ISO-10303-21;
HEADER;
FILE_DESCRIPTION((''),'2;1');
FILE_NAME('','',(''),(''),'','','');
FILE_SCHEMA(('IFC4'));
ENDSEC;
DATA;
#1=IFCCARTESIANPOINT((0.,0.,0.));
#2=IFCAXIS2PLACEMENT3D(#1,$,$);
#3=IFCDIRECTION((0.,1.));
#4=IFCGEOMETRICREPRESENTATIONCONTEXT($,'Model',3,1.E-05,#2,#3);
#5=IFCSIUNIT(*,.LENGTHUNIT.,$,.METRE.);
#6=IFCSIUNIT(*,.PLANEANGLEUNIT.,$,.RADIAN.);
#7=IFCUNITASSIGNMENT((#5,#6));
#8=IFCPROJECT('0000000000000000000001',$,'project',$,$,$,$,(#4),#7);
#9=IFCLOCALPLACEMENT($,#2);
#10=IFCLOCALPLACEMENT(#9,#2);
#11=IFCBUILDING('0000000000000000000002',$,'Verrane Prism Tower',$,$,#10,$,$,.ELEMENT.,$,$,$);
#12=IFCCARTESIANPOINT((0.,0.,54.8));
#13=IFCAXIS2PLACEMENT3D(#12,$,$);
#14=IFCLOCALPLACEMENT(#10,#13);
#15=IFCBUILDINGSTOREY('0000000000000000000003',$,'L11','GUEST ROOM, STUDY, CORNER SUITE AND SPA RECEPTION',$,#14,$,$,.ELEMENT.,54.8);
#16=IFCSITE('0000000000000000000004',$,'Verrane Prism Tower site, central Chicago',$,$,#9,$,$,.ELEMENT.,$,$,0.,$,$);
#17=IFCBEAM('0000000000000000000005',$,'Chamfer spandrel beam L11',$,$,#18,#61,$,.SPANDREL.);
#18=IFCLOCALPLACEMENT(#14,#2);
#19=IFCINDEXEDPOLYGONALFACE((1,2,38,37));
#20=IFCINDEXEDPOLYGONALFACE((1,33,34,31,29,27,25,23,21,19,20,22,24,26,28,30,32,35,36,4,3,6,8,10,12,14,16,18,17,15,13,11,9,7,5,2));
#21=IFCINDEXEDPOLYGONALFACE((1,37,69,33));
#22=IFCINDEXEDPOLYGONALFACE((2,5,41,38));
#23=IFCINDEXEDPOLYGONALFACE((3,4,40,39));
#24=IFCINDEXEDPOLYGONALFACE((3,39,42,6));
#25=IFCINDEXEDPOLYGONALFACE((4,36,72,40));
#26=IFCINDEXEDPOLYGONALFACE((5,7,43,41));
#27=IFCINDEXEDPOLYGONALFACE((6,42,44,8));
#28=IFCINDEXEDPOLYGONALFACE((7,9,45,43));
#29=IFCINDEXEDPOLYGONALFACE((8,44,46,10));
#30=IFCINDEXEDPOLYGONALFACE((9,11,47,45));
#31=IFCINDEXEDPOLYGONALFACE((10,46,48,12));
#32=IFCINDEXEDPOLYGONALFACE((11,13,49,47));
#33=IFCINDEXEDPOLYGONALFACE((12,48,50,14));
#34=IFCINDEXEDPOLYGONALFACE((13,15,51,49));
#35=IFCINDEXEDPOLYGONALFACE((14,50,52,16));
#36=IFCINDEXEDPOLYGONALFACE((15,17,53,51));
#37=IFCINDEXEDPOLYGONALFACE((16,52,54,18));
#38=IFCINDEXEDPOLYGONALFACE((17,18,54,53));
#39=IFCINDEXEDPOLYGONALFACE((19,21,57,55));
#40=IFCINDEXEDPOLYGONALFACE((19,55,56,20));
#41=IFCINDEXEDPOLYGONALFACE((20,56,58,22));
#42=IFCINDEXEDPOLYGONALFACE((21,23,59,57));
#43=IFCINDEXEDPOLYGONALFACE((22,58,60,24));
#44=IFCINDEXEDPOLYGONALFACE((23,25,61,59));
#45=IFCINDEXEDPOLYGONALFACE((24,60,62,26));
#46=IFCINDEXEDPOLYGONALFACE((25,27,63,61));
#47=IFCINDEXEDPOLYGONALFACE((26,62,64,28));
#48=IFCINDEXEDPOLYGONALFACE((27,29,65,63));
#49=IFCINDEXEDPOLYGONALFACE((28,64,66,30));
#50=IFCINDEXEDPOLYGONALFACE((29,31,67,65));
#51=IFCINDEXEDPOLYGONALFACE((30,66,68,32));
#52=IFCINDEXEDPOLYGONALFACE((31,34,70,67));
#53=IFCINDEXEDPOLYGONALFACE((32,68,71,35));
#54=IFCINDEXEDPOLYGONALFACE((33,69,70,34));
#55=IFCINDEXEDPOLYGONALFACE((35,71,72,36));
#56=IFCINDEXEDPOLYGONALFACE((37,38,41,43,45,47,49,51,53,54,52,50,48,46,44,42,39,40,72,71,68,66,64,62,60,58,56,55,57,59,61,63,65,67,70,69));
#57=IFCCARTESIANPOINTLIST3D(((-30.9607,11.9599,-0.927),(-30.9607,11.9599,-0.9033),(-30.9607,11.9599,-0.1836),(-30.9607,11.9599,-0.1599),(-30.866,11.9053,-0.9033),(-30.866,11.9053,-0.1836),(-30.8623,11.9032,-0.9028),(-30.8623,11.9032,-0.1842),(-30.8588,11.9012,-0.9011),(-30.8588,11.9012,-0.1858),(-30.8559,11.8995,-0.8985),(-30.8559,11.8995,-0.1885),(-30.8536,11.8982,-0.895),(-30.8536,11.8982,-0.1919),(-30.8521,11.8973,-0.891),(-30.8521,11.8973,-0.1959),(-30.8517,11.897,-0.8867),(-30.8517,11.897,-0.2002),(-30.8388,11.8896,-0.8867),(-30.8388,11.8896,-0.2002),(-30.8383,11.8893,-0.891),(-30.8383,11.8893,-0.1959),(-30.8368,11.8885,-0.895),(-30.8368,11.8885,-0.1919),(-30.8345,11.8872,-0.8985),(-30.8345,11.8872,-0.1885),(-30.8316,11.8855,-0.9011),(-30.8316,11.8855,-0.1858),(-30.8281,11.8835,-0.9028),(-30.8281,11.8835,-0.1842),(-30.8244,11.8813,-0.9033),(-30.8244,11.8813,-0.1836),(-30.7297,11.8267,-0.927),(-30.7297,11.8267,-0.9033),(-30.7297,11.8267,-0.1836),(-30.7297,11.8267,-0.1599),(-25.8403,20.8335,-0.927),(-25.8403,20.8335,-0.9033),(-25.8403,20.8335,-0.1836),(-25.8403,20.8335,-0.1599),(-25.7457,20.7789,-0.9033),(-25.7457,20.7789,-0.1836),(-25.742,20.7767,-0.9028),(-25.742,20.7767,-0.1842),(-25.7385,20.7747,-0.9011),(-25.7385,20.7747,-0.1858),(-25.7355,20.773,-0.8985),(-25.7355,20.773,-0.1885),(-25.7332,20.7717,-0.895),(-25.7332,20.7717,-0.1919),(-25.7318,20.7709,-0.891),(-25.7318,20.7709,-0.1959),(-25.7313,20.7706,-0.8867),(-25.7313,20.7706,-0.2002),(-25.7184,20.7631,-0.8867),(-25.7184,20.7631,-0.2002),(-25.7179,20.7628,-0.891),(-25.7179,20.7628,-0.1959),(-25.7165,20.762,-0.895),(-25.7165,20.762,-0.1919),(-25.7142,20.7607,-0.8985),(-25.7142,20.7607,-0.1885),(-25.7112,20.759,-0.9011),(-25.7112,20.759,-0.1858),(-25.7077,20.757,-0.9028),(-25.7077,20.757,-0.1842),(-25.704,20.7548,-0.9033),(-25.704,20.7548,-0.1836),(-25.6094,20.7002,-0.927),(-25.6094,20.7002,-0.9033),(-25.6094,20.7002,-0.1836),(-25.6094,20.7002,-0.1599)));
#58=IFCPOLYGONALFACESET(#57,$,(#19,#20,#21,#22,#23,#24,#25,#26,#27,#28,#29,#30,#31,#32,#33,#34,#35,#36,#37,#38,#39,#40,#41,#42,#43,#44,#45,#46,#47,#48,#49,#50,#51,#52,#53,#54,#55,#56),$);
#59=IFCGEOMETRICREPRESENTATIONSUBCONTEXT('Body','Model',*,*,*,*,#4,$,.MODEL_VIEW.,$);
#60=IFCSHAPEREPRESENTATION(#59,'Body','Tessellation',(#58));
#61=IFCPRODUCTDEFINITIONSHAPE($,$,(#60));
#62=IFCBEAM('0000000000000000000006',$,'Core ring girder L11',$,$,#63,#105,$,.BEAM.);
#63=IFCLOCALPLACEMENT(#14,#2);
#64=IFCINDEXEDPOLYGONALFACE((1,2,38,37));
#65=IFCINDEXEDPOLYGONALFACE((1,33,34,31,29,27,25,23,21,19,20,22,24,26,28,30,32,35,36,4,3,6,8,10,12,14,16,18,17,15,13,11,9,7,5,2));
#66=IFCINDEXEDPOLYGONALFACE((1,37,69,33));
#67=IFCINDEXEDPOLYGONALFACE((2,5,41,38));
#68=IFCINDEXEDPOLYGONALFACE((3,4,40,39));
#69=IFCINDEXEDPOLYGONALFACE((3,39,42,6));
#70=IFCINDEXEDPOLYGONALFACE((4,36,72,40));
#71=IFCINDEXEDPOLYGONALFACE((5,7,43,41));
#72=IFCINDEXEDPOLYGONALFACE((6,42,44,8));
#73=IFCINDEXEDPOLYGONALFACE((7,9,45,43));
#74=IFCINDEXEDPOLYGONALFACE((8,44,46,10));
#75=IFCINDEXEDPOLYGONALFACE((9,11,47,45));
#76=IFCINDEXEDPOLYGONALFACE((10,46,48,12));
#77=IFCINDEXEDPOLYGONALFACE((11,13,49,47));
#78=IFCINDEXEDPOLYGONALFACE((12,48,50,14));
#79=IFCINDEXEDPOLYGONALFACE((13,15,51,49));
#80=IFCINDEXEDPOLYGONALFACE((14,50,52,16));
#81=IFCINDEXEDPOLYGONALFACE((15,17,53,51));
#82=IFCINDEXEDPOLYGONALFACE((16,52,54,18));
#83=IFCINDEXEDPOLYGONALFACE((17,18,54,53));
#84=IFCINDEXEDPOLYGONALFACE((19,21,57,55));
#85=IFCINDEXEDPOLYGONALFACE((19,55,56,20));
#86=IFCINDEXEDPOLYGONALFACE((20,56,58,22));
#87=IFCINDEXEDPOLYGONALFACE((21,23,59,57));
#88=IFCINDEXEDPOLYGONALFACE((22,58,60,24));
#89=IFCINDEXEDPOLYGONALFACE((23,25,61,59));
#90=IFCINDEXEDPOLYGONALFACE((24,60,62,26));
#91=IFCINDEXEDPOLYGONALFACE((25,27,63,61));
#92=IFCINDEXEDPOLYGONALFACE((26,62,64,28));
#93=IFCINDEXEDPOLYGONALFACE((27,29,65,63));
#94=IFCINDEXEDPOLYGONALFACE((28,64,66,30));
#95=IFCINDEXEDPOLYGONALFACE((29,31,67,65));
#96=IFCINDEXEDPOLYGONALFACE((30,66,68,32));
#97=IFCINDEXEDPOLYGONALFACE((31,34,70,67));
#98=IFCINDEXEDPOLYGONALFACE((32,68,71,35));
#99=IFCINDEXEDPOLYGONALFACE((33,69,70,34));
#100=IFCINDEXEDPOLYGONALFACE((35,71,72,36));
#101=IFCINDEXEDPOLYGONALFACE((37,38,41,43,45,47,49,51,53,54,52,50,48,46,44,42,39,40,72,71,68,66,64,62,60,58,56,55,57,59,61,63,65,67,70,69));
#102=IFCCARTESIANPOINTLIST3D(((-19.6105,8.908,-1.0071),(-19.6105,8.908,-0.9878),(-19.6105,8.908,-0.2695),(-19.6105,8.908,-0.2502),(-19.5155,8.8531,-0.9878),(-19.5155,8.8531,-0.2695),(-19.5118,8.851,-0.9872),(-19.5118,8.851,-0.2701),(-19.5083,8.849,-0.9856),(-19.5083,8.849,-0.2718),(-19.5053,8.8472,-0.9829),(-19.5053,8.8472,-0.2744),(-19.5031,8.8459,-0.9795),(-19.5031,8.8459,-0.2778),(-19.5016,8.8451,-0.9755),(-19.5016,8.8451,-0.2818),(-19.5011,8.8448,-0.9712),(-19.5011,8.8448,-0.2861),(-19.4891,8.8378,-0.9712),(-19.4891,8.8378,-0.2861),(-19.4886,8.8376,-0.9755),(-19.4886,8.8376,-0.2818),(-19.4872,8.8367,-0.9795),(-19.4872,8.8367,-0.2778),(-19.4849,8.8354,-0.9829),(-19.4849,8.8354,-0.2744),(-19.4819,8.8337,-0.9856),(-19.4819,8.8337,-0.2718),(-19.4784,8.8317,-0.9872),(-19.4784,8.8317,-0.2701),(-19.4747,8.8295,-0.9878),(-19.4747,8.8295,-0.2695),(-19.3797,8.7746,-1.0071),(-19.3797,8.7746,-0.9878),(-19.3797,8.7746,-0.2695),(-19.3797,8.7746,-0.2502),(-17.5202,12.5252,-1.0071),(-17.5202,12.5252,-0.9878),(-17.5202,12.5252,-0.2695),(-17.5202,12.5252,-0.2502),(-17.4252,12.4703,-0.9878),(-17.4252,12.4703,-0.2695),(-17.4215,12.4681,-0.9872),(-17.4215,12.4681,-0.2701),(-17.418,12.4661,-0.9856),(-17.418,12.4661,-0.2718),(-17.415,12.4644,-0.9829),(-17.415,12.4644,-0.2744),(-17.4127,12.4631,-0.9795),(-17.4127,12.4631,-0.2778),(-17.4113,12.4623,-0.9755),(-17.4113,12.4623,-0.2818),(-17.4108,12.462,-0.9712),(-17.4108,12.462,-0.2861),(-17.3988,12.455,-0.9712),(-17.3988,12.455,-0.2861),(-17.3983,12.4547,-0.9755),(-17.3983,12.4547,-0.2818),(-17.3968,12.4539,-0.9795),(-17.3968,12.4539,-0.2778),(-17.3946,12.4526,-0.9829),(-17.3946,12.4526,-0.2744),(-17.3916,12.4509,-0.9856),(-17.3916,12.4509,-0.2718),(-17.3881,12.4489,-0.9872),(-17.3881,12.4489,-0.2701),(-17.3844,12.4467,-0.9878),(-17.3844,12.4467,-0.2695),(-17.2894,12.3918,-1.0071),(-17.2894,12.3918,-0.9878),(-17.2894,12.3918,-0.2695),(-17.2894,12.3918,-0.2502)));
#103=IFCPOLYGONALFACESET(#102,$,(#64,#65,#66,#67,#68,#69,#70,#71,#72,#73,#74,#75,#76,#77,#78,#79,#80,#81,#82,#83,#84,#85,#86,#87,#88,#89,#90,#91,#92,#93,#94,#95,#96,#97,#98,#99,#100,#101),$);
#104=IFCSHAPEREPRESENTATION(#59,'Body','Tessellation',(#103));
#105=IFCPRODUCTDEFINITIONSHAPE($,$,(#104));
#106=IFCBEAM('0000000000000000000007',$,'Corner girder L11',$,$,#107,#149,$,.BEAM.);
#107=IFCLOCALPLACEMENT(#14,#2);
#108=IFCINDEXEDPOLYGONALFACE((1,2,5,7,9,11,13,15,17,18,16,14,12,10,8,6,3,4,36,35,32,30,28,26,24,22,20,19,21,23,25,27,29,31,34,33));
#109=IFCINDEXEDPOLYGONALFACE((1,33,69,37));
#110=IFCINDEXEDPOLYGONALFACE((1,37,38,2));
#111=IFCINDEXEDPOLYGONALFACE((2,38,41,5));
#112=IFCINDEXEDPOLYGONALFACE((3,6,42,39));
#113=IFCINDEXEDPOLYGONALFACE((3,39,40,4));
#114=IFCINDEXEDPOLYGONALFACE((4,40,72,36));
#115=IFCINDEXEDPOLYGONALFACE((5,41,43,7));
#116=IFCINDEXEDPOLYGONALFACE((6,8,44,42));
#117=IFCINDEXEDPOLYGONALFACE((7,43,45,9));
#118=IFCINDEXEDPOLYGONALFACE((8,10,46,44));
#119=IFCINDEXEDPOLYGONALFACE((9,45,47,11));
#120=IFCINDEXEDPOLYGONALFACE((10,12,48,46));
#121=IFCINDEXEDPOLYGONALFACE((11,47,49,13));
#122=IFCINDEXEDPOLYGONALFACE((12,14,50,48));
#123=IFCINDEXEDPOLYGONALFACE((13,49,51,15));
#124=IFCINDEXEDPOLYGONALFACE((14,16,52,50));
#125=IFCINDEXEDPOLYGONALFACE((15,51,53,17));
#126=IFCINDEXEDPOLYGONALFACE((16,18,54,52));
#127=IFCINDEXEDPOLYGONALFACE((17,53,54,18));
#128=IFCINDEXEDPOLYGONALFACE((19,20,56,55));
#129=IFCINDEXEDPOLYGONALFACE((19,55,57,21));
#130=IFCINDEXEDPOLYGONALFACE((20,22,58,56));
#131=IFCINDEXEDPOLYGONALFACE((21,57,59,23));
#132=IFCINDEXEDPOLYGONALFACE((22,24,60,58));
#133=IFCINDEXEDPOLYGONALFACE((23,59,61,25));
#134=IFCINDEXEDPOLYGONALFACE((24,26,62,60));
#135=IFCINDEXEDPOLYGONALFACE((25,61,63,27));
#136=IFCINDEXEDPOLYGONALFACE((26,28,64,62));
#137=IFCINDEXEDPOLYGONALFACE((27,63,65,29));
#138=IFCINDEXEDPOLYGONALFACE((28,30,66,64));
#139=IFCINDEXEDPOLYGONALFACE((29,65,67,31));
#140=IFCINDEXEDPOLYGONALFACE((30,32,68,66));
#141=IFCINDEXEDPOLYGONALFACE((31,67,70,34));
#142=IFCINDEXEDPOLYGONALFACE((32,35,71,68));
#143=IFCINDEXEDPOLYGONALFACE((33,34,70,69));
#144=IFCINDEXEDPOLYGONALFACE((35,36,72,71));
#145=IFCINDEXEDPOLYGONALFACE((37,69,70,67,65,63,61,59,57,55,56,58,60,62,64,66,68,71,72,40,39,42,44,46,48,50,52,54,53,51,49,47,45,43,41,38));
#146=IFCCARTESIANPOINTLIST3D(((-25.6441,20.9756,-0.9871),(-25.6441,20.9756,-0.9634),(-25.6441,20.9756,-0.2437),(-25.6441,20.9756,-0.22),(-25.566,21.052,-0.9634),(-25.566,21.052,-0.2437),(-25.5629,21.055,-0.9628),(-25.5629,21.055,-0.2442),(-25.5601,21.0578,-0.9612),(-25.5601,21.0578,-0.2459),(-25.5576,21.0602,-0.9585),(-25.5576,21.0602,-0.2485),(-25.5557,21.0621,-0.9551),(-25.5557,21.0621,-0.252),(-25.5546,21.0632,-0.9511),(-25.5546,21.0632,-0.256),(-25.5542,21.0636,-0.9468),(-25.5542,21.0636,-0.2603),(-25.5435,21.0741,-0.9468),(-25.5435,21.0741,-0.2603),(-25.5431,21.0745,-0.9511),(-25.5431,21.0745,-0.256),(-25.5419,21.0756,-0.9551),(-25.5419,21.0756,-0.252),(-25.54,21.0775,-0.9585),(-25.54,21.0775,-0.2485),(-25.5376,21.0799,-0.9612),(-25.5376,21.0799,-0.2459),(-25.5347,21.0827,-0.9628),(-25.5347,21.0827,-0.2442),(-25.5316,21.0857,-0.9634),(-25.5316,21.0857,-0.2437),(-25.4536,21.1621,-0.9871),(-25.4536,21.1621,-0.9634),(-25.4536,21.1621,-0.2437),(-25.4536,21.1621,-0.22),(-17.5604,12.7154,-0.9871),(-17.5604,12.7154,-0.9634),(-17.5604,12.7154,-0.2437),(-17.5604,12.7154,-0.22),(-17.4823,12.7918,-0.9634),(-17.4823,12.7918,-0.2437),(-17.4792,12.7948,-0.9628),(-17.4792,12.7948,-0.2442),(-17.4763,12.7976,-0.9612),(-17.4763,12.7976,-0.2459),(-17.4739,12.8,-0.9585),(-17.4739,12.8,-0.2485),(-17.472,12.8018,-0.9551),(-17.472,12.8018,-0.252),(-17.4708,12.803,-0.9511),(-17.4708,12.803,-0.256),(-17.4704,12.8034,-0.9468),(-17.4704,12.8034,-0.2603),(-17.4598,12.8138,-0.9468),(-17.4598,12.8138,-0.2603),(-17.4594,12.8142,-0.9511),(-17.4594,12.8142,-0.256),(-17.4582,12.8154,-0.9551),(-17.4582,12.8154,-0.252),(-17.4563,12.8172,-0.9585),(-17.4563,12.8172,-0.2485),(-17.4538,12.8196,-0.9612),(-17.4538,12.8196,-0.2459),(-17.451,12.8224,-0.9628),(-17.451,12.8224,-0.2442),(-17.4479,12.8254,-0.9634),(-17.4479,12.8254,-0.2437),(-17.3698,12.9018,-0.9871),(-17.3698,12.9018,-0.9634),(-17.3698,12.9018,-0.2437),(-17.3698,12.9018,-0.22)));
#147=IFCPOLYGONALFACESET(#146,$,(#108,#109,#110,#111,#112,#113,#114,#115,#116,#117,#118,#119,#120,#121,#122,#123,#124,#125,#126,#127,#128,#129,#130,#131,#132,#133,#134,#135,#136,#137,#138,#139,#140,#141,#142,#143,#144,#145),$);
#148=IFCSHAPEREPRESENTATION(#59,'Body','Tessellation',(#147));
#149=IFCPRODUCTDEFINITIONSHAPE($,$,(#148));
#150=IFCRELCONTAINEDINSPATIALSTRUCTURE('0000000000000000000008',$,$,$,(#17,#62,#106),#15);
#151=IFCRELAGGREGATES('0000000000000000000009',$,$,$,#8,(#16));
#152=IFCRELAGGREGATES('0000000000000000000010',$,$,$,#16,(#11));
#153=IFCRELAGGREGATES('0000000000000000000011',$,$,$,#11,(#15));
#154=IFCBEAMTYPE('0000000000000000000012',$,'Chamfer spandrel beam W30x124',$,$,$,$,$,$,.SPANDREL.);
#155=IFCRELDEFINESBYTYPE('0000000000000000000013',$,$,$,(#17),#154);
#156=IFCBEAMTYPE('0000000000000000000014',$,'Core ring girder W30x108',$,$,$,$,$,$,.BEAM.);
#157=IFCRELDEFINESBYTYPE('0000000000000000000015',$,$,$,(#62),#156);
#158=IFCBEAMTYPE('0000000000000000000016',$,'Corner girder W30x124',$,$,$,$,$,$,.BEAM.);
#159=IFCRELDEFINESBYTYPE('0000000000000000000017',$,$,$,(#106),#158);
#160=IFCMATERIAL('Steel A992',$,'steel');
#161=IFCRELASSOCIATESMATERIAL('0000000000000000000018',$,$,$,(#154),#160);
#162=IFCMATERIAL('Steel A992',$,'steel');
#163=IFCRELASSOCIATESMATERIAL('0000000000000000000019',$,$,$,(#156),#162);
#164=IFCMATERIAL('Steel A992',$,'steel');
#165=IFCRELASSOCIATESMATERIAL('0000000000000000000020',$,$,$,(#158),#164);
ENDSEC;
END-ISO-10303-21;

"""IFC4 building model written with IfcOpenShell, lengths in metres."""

from ifc_helpers import new_model, si_unit, direction, frame, origin, origin_2d, place, context, subcontext, project, spatial, i_section, extrude, material, material_profile, profile_set, type_object, element, save


model = new_model("IFC4")

# Units and contexts
model_context = context("Model", 3, precision=1e-05, world=origin(), true_north=direction((0.0, 1.0)))
body_context = subcontext(model_context, "Body", "Model", "MODEL_VIEW")
ifc_project = project(units=[si_unit("LENGTHUNIT", "METRE"), si_unit("PLANEANGLEUNIT", "RADIAN")], contexts=[model_context])

# Site, building, storey
site_placement = place(None, origin())
site = spatial("IfcSite", under=ifc_project, at=site_placement, Name="Verrane Prism Tower site, central Chicago", CompositionType="ELEMENT", RefElevation=0.0)
building_placement = place(site_placement, origin())
building = spatial("IfcBuilding", under=site, at=building_placement, Name="Verrane Prism Tower", CompositionType="ELEMENT")
storey_placement = place(building_placement, frame((0.0, 0.0, 54.8)))
storey = spatial("IfcBuildingStorey", under=building, at=storey_placement, Name="L11", Description="GUEST ROOM, STUDY, CORNER SUITE AND SPA RECEPTION", CompositionType="ELEMENT", Elevation=54.8)

# Beams
ifc_material_1 = material(Name="Steel A992", Category="steel")
ifc_material_profile_1 = material_profile(ifc_material_1, i_section(OverallWidth=0.2666, OverallDepth=0.7671, WebThickness=0.0149, FlangeThickness=0.0237, FilletRadius=0.0166, at=origin_2d()), Name="W30x124")
ifc_profile_set_1 = profile_set([ifc_material_profile_1], Name="Steel A992")
beam_type_1 = type_object("IfcBeamType", Name="Chamfer spandrel beam W30x124", PredefinedType="SPANDREL", material=ifc_profile_set_1)
beam_1_placement = place(storey_placement, frame((-25.7249, 20.7668, -0.5435), z_axis=(-0.499797, -0.866143, 0.0), x_axis=(0.866143, -0.499797, 0.0)))
element("IfcBeam", 1, at=beam_1_placement, inside=storey, type_object=beam_type_1, Name="Chamfer spandrel beam L11", PredefinedType="SPANDREL", context=body_context, shape_type="SweptSolid", body=[
    extrude(i_section(OverallWidth=0.2666, OverallDepth=0.7671, WebThickness=0.0149, FlangeThickness=0.0237, FilletRadius=0.0166, at=origin_2d()), origin(), (0.0, 0.0, 1.0), 10.2449),
])
ifc_material_2 = material(Name="Steel A992", Category="steel")
ifc_material_profile_2 = material_profile(ifc_material_2, i_section(OverallWidth=0.2666, OverallDepth=0.7568, WebThickness=0.0139, FlangeThickness=0.0193, FilletRadius=0.0166, at=origin_2d()), Name="W30x108")
ifc_profile_set_2 = profile_set([ifc_material_profile_2], Name="Steel A992")
beam_type_2 = type_object("IfcBeamType", Name="Core ring girder W30x108", PredefinedType="BEAM", material=ifc_profile_set_2)
beam_2_placement = place(storey_placement, frame((-17.4048, 12.4585, -0.6287), z_axis=(-0.50035, -0.865823, 0.0), x_axis=(0.865823, -0.50035, 0.0)))
element("IfcBeam", 2, at=beam_2_placement, inside=storey, type_object=beam_type_2, Name="Core ring girder L11", PredefinedType="BEAM", context=body_context, shape_type="SweptSolid", body=[
    extrude(i_section(OverallWidth=0.2666, OverallDepth=0.7568, WebThickness=0.0139, FlangeThickness=0.0193, FilletRadius=0.0166, at=origin_2d()), origin(), (0.0, 0.0, 1.0), 4.1777),
])
ifc_material_3 = material(Name="Steel A992", Category="steel")
ifc_material_profile_3 = material_profile(ifc_material_3, i_section(OverallWidth=0.2666, OverallDepth=0.7671, WebThickness=0.0149, FlangeThickness=0.0237, FilletRadius=0.0166, at=origin_2d()), Name="W30x124")
ifc_profile_set_3 = profile_set([ifc_material_profile_3], Name="Steel A992")
beam_type_3 = type_object("IfcBeamType", Name="Corner girder W30x124", PredefinedType="BEAM", material=ifc_profile_set_3)
beam_3_placement = place(storey_placement, frame((-25.5488, 21.0688, -0.6035), z_axis=(0.699429, -0.714702, 0.0), x_axis=(0.714702, 0.699429, 0.0)))
element("IfcBeam", 3, at=beam_3_placement, inside=storey, type_object=beam_type_3, Name="Corner girder L11", PredefinedType="BEAM", context=body_context, shape_type="SweptSolid", body=[
    extrude(i_section(OverallWidth=0.2666, OverallDepth=0.7671, WebThickness=0.0149, FlangeThickness=0.0237, FilletRadius=0.0166, at=origin_2d()), origin(), (0.0, 0.0, 1.0), 11.5576),
])

save(model, "model.ifc")
